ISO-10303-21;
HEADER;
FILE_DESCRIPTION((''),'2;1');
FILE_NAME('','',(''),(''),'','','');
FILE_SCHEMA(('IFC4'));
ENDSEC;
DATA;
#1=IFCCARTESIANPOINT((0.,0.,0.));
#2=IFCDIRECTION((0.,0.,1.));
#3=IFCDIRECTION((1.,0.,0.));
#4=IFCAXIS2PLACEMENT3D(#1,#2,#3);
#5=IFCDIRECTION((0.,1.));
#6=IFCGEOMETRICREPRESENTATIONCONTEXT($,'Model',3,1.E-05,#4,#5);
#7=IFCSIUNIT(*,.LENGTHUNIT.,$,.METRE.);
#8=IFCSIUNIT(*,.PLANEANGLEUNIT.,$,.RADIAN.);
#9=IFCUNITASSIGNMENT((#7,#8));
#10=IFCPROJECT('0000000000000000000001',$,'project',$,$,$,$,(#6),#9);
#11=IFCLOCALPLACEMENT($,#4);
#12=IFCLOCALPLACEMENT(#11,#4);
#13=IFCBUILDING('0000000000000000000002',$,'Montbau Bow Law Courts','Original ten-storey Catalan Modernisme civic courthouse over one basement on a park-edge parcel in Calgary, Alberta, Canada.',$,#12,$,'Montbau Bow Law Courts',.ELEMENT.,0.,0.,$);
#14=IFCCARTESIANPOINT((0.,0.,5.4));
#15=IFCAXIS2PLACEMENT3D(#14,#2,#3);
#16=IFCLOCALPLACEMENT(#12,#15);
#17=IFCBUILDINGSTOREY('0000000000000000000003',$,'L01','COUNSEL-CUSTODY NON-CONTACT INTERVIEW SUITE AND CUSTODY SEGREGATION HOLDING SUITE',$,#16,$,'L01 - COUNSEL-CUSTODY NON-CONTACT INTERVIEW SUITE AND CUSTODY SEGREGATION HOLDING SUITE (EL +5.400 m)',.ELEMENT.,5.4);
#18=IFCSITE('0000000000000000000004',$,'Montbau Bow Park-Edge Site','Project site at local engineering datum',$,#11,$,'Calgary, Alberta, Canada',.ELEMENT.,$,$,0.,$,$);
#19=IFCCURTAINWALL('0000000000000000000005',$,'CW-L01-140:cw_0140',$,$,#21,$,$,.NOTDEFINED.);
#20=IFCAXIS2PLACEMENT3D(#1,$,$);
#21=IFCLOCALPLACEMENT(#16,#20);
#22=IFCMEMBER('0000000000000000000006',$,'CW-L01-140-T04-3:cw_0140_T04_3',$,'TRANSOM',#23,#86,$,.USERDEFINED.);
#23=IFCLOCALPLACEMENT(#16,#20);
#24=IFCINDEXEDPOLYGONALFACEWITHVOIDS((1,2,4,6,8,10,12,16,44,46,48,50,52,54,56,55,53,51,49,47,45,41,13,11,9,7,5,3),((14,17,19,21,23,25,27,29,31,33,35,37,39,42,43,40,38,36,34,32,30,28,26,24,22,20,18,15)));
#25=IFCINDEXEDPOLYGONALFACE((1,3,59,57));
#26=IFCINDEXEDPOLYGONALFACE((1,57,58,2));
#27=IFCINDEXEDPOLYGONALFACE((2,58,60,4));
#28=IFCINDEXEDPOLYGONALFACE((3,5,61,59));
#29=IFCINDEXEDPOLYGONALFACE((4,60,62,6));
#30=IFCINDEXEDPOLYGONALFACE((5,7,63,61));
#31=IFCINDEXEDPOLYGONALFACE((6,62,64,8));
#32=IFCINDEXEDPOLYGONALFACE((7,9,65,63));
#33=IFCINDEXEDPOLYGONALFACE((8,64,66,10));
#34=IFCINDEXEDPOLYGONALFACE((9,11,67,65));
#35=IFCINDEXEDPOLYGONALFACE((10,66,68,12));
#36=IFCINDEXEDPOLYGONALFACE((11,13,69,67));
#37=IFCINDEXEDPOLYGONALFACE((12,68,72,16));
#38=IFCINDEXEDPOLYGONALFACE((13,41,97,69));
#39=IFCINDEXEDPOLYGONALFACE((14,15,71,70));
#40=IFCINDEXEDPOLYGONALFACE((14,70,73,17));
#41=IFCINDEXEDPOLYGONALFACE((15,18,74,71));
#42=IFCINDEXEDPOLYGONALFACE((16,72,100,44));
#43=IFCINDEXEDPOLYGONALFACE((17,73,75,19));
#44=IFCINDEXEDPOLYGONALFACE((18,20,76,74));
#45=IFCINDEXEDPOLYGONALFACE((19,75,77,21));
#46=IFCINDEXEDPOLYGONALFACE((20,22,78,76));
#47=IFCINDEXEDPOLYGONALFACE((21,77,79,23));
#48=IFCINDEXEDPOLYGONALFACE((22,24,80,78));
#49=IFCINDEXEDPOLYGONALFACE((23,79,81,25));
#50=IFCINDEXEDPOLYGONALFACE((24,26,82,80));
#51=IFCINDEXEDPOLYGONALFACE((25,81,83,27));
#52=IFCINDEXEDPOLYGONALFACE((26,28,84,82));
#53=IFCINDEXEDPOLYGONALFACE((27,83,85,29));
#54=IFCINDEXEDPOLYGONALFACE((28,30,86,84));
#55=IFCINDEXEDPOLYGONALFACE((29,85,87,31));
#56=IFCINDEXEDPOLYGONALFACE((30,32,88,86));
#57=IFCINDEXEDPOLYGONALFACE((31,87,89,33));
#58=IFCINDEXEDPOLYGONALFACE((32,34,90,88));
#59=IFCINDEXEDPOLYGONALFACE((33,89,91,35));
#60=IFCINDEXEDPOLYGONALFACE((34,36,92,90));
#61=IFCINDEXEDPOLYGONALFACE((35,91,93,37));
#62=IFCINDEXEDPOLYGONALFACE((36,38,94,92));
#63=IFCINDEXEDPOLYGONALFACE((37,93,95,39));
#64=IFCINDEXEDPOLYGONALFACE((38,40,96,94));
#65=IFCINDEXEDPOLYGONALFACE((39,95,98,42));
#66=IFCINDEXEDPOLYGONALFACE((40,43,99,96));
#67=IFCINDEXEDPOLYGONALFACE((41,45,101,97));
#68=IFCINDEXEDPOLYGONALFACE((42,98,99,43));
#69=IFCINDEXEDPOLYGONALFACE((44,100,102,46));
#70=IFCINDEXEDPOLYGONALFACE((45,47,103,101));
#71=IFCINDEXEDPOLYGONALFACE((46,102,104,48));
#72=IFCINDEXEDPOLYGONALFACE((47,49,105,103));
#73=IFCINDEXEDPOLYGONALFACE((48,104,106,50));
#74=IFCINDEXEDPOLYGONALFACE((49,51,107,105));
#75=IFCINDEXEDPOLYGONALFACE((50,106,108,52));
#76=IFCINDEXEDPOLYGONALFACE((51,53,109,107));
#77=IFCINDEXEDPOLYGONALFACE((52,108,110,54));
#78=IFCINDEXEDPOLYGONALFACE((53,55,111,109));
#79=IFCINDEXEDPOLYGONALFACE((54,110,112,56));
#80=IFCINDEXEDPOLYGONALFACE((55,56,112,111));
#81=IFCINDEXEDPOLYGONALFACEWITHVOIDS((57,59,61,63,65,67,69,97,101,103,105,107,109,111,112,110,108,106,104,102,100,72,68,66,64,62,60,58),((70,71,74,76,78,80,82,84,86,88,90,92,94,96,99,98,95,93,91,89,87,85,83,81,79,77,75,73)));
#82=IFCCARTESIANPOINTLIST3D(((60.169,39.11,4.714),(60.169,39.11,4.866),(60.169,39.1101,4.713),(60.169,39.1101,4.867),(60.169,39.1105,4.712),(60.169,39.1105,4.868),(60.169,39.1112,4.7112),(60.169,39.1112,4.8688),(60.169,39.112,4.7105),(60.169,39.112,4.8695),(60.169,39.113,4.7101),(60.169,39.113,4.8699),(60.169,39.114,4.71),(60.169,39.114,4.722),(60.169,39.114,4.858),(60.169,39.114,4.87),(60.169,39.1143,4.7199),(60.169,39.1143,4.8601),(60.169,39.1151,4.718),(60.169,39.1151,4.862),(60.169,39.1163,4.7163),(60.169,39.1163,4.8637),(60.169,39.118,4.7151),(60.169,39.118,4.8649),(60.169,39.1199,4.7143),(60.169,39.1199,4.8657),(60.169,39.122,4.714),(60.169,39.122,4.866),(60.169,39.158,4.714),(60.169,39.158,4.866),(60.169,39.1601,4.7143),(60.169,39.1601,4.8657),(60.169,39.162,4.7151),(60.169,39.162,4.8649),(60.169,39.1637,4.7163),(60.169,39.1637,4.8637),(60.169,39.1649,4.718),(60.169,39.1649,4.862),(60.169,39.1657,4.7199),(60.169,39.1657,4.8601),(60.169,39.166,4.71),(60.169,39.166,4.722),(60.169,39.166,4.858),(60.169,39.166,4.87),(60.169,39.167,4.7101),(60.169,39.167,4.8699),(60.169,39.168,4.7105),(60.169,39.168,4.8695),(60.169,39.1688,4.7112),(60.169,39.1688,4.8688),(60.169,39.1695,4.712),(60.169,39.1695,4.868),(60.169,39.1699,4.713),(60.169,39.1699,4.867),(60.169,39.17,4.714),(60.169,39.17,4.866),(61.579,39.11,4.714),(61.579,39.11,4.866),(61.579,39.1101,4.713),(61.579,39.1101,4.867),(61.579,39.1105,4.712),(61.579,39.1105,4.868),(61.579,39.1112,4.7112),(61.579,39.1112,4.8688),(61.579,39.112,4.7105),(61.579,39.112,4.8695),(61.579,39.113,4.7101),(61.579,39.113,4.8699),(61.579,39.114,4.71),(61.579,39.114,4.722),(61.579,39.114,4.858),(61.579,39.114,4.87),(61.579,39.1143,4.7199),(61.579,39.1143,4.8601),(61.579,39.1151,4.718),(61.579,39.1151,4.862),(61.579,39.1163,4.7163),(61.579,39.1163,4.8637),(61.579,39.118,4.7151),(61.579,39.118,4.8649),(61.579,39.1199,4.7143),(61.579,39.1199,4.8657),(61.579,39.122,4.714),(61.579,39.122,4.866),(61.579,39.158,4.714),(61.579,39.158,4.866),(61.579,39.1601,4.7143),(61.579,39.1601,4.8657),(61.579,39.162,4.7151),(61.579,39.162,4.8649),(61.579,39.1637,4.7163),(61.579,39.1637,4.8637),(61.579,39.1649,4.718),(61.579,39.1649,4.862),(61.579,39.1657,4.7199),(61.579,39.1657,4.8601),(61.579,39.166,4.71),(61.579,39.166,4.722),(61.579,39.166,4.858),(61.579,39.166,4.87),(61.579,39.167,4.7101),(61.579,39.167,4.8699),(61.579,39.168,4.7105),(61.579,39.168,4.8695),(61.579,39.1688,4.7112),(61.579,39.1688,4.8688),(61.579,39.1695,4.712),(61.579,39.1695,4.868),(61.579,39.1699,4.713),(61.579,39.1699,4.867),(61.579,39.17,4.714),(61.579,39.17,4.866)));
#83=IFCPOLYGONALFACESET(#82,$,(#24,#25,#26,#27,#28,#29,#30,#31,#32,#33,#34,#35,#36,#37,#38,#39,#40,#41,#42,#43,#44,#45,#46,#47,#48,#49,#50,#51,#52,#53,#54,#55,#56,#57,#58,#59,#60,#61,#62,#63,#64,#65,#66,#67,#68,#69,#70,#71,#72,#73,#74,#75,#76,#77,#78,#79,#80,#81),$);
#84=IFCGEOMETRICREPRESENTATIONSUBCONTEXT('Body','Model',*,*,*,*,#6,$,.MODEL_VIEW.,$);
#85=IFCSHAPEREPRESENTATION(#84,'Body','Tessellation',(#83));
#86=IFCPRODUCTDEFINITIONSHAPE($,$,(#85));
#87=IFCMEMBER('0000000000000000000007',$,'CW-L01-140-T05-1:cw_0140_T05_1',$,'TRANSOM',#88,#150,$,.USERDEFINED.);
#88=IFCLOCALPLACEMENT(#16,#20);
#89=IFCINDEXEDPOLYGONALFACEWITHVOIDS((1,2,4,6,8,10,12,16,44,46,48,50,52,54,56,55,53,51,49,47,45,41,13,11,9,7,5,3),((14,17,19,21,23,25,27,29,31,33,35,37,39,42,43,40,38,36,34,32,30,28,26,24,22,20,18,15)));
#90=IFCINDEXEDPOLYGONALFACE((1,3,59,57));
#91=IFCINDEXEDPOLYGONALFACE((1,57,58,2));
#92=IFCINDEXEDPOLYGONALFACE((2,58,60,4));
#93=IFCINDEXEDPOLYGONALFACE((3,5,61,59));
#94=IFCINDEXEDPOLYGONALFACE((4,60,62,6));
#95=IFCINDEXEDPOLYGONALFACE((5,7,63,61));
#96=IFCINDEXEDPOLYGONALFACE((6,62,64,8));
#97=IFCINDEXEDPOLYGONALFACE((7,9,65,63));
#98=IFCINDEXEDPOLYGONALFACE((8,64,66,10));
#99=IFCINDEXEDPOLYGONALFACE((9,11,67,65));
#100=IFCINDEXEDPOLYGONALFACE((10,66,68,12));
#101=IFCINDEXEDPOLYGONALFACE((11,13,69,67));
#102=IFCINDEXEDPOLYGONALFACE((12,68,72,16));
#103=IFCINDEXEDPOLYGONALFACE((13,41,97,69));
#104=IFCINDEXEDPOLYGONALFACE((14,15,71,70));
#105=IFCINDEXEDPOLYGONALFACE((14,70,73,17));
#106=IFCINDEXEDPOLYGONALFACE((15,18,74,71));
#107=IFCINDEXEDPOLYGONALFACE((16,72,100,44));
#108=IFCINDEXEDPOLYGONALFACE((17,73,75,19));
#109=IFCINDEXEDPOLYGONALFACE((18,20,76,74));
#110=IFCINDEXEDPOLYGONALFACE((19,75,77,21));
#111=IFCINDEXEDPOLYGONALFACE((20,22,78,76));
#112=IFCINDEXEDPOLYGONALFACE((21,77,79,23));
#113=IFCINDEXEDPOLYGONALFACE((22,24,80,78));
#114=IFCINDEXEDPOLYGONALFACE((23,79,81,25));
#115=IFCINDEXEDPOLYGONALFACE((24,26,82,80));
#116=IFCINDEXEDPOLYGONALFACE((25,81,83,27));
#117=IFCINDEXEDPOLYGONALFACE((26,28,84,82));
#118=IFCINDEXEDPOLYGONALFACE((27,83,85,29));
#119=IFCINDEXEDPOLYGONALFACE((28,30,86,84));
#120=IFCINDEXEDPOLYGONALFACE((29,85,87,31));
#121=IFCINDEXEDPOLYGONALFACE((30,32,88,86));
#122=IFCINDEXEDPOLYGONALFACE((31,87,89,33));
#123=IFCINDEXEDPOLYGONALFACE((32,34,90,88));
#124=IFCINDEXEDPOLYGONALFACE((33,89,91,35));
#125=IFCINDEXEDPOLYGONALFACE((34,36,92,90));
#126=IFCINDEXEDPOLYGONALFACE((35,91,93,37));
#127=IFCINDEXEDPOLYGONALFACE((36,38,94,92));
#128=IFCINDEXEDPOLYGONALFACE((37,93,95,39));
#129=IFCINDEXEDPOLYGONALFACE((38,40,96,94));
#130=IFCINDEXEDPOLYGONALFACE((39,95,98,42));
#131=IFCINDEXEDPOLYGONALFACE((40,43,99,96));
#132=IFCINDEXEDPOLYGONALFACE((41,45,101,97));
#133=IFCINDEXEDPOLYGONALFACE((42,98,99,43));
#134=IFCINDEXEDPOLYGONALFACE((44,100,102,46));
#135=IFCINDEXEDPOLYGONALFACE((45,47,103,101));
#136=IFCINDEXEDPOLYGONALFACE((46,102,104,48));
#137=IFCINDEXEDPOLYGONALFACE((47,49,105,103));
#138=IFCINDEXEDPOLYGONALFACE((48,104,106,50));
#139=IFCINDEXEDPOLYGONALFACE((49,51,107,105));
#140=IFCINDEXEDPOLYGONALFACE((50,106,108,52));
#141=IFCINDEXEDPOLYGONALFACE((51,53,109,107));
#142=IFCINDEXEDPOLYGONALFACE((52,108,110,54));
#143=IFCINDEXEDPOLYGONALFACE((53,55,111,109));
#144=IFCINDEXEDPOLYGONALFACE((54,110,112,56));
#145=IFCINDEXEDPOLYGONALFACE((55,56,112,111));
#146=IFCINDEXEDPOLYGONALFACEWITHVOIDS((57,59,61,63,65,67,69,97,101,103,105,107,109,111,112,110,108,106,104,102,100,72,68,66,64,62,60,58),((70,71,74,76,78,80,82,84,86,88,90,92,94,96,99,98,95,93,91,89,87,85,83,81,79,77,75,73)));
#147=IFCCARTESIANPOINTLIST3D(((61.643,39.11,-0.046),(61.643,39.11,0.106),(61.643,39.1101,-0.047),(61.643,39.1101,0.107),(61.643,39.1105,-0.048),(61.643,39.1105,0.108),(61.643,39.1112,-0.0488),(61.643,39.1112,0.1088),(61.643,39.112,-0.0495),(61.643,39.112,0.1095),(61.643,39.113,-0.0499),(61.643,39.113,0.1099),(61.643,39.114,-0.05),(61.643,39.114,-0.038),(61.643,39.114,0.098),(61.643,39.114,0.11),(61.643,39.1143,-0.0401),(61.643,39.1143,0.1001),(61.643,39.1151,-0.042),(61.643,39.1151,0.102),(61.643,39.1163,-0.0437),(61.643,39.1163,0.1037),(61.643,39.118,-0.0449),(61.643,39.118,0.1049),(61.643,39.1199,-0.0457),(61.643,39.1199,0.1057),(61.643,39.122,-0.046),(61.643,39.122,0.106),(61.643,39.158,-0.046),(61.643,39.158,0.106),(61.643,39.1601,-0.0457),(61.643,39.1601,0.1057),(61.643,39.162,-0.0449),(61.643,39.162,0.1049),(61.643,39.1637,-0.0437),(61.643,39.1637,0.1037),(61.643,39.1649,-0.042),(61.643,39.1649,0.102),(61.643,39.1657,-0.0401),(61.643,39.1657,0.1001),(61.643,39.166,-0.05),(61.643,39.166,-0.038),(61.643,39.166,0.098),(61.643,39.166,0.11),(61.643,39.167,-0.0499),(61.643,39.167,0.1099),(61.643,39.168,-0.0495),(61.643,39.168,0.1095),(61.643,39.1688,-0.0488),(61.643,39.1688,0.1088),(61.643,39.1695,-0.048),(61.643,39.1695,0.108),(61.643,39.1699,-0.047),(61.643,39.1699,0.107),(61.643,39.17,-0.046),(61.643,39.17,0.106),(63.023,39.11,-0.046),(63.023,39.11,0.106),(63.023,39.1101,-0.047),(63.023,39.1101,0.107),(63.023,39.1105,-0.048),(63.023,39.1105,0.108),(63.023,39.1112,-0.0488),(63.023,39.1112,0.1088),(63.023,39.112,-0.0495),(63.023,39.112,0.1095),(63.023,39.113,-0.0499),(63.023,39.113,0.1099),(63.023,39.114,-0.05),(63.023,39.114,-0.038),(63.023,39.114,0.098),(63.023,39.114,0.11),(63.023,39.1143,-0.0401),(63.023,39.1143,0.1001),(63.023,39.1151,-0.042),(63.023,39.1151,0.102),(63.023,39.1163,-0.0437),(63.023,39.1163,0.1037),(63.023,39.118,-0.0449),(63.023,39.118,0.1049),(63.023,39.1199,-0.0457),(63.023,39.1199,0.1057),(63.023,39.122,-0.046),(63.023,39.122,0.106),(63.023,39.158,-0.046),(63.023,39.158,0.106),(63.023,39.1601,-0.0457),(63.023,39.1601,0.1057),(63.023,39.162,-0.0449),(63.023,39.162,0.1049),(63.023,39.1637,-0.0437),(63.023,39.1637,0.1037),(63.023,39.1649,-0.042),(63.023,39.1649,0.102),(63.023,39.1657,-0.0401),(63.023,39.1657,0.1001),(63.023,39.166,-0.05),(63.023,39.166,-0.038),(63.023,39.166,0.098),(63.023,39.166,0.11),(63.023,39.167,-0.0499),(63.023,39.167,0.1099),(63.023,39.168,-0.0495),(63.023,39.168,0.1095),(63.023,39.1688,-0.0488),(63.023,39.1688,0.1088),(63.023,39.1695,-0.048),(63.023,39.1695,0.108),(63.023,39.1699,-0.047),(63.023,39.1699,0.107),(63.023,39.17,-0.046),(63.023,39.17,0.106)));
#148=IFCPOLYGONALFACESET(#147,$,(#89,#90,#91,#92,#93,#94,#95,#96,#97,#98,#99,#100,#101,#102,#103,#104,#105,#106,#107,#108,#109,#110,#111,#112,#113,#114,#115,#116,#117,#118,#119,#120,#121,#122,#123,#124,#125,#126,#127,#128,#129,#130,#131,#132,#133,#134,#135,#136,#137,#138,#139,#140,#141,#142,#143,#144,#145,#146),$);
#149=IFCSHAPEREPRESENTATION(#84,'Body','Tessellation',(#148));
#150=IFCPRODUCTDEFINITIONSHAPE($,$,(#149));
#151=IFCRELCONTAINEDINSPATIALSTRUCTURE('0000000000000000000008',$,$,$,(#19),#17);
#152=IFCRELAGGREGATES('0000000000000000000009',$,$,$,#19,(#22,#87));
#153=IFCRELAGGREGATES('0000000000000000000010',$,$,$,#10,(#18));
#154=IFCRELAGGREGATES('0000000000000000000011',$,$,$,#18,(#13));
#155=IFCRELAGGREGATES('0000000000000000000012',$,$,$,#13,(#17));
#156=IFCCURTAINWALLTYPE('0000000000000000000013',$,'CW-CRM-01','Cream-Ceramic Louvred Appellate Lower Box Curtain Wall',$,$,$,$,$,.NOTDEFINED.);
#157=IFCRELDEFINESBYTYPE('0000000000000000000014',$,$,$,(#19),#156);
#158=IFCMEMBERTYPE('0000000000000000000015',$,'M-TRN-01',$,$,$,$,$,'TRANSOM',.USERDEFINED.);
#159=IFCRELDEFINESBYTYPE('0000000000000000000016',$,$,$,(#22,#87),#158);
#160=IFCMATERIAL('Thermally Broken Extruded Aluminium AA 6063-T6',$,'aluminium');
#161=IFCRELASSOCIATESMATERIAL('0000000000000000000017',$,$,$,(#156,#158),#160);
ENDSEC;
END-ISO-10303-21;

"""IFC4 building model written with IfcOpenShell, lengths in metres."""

from ifc_helpers import new_model, si_unit, direction, frame, origin_with_axes, origin_2d_with_axis, place, context, subcontext, project, spatial, hollow_rectangle, extrude, material, material_profile, profile_set, type_object, element, aggregate, save


model = new_model("IFC4")

# Units and contexts
model_context = context("Model", 3, precision=1e-05, world=origin_with_axes(), true_north=direction((0.0, 1.0)))
body_context = subcontext(model_context, "Body", "Model", "MODEL_VIEW")
ifc_project = project(units=[si_unit("LENGTHUNIT", "METRE"), si_unit("PLANEANGLEUNIT", "RADIAN")], contexts=[model_context])

# Site, building, storey
site_placement = place(None, origin_with_axes())
site = spatial("IfcSite", under=ifc_project, at=site_placement, Name="Montbau Bow Park-Edge Site", Description="Project site at local engineering datum", LongName="Calgary, Alberta, Canada", CompositionType="ELEMENT", RefElevation=0.0)
building_placement = place(site_placement, origin_with_axes())
building = spatial("IfcBuilding", under=site, at=building_placement, Name="Montbau Bow Law Courts", Description="Original ten-storey Catalan Modernisme civic courthouse over one basement on a park-edge parcel in Calgary, Alberta, Canada.", LongName="Montbau Bow Law Courts", CompositionType="ELEMENT", ElevationOfRefHeight=0.0, ElevationOfTerrain=0.0)
storey_placement = place(building_placement, frame((0.0, 0.0, 5.4), z_axis=(0.0, 0.0, 1.0), x_axis=(1.0, 0.0, 0.0)))
storey = spatial("IfcBuildingStorey", under=building, at=storey_placement, Name="L01", Description="COUNSEL-CUSTODY NON-CONTACT INTERVIEW SUITE AND CUSTODY SEGREGATION HOLDING SUITE", LongName="L01 - COUNSEL-CUSTODY NON-CONTACT INTERVIEW SUITE AND CUSTODY SEGREGATION HOLDING SUITE (EL +5.400 m)", CompositionType="ELEMENT", Elevation=5.4)

# Shared definitions
ifc_material_1 = material(Name="Thermally Broken Extruded Aluminium AA 6063-T6", Category="aluminium")
curtain_wall_type = type_object("IfcCurtainWallType", Name="CW-CRM-01", Description="Cream-Ceramic Louvred Appellate Lower Box Curtain Wall", PredefinedType="NOTDEFINED", material=ifc_material_1)

# Curtain wall, members
curtain_wall_1_placement = place(None, frame((55.715, 39.14, 5.4), z_axis=(0.0, 0.0, 1.0), x_axis=(1.0, 0.0, 0.0)))
curtain_wall_1 = element("IfcCurtainWall", 1, at=curtain_wall_1_placement, inside=storey, type_object=curtain_wall_type, Name="CW-L01-140:cw_0140", PredefinedType="NOTDEFINED")
ifc_material_profile_1 = material_profile(ifc_material_1, hollow_rectangle(XDim=0.06, YDim=0.16, WallThickness=0.004, InnerFilletRadius=0.008, OuterFilletRadius=0.004, at=origin_2d_with_axis()), Name="CWT-160X60", Category="Main", Priority=0)
ifc_profile_set_1 = profile_set([ifc_material_profile_1], Name="Thermally Broken Extruded Aluminium AA 6063-T6")
member_type_1 = type_object("IfcMemberType", Name="M-TRN-01", ElementType="TRANSOM", PredefinedType="USERDEFINED", material=ifc_profile_set_1)
member_1_placement = place(None, frame((60.169, 39.14, 10.19), z_axis=(1.0, 0.0, 0.0), x_axis=(0.0, 1.0, 0.0)))
member_1 = element("IfcMember", 2, at=member_1_placement, type_object=member_type_1, Name="CW-L01-140-T04-3:cw_0140_T04_3", ObjectType="TRANSOM", PredefinedType="USERDEFINED", context=body_context, shape_type="SweptSolid", body=[
    extrude(hollow_rectangle(XDim=0.06, YDim=0.16, WallThickness=0.004, InnerFilletRadius=0.008, OuterFilletRadius=0.004, at=origin_2d_with_axis()), origin_with_axes(), (0.0, 0.0, 1.0), 1.41),
])
member_2_placement = place(None, frame((61.643, 39.14, 5.43), z_axis=(1.0, 0.0, 0.0), x_axis=(0.0, 1.0, 0.0)))
member_2 = element("IfcMember", 3, at=member_2_placement, type_object=member_type_1, Name="CW-L01-140-T05-1:cw_0140_T05_1", ObjectType="TRANSOM", PredefinedType="USERDEFINED", context=body_context, shape_type="SweptSolid", body=[
    extrude(hollow_rectangle(XDim=0.06, YDim=0.16, WallThickness=0.004, InnerFilletRadius=0.008, OuterFilletRadius=0.004, at=origin_2d_with_axis()), origin_with_axes(), (0.0, 0.0, 1.0), 1.38),
])
aggregate(curtain_wall_1, [member_1, member_2])

save(model, "model.ifc")
